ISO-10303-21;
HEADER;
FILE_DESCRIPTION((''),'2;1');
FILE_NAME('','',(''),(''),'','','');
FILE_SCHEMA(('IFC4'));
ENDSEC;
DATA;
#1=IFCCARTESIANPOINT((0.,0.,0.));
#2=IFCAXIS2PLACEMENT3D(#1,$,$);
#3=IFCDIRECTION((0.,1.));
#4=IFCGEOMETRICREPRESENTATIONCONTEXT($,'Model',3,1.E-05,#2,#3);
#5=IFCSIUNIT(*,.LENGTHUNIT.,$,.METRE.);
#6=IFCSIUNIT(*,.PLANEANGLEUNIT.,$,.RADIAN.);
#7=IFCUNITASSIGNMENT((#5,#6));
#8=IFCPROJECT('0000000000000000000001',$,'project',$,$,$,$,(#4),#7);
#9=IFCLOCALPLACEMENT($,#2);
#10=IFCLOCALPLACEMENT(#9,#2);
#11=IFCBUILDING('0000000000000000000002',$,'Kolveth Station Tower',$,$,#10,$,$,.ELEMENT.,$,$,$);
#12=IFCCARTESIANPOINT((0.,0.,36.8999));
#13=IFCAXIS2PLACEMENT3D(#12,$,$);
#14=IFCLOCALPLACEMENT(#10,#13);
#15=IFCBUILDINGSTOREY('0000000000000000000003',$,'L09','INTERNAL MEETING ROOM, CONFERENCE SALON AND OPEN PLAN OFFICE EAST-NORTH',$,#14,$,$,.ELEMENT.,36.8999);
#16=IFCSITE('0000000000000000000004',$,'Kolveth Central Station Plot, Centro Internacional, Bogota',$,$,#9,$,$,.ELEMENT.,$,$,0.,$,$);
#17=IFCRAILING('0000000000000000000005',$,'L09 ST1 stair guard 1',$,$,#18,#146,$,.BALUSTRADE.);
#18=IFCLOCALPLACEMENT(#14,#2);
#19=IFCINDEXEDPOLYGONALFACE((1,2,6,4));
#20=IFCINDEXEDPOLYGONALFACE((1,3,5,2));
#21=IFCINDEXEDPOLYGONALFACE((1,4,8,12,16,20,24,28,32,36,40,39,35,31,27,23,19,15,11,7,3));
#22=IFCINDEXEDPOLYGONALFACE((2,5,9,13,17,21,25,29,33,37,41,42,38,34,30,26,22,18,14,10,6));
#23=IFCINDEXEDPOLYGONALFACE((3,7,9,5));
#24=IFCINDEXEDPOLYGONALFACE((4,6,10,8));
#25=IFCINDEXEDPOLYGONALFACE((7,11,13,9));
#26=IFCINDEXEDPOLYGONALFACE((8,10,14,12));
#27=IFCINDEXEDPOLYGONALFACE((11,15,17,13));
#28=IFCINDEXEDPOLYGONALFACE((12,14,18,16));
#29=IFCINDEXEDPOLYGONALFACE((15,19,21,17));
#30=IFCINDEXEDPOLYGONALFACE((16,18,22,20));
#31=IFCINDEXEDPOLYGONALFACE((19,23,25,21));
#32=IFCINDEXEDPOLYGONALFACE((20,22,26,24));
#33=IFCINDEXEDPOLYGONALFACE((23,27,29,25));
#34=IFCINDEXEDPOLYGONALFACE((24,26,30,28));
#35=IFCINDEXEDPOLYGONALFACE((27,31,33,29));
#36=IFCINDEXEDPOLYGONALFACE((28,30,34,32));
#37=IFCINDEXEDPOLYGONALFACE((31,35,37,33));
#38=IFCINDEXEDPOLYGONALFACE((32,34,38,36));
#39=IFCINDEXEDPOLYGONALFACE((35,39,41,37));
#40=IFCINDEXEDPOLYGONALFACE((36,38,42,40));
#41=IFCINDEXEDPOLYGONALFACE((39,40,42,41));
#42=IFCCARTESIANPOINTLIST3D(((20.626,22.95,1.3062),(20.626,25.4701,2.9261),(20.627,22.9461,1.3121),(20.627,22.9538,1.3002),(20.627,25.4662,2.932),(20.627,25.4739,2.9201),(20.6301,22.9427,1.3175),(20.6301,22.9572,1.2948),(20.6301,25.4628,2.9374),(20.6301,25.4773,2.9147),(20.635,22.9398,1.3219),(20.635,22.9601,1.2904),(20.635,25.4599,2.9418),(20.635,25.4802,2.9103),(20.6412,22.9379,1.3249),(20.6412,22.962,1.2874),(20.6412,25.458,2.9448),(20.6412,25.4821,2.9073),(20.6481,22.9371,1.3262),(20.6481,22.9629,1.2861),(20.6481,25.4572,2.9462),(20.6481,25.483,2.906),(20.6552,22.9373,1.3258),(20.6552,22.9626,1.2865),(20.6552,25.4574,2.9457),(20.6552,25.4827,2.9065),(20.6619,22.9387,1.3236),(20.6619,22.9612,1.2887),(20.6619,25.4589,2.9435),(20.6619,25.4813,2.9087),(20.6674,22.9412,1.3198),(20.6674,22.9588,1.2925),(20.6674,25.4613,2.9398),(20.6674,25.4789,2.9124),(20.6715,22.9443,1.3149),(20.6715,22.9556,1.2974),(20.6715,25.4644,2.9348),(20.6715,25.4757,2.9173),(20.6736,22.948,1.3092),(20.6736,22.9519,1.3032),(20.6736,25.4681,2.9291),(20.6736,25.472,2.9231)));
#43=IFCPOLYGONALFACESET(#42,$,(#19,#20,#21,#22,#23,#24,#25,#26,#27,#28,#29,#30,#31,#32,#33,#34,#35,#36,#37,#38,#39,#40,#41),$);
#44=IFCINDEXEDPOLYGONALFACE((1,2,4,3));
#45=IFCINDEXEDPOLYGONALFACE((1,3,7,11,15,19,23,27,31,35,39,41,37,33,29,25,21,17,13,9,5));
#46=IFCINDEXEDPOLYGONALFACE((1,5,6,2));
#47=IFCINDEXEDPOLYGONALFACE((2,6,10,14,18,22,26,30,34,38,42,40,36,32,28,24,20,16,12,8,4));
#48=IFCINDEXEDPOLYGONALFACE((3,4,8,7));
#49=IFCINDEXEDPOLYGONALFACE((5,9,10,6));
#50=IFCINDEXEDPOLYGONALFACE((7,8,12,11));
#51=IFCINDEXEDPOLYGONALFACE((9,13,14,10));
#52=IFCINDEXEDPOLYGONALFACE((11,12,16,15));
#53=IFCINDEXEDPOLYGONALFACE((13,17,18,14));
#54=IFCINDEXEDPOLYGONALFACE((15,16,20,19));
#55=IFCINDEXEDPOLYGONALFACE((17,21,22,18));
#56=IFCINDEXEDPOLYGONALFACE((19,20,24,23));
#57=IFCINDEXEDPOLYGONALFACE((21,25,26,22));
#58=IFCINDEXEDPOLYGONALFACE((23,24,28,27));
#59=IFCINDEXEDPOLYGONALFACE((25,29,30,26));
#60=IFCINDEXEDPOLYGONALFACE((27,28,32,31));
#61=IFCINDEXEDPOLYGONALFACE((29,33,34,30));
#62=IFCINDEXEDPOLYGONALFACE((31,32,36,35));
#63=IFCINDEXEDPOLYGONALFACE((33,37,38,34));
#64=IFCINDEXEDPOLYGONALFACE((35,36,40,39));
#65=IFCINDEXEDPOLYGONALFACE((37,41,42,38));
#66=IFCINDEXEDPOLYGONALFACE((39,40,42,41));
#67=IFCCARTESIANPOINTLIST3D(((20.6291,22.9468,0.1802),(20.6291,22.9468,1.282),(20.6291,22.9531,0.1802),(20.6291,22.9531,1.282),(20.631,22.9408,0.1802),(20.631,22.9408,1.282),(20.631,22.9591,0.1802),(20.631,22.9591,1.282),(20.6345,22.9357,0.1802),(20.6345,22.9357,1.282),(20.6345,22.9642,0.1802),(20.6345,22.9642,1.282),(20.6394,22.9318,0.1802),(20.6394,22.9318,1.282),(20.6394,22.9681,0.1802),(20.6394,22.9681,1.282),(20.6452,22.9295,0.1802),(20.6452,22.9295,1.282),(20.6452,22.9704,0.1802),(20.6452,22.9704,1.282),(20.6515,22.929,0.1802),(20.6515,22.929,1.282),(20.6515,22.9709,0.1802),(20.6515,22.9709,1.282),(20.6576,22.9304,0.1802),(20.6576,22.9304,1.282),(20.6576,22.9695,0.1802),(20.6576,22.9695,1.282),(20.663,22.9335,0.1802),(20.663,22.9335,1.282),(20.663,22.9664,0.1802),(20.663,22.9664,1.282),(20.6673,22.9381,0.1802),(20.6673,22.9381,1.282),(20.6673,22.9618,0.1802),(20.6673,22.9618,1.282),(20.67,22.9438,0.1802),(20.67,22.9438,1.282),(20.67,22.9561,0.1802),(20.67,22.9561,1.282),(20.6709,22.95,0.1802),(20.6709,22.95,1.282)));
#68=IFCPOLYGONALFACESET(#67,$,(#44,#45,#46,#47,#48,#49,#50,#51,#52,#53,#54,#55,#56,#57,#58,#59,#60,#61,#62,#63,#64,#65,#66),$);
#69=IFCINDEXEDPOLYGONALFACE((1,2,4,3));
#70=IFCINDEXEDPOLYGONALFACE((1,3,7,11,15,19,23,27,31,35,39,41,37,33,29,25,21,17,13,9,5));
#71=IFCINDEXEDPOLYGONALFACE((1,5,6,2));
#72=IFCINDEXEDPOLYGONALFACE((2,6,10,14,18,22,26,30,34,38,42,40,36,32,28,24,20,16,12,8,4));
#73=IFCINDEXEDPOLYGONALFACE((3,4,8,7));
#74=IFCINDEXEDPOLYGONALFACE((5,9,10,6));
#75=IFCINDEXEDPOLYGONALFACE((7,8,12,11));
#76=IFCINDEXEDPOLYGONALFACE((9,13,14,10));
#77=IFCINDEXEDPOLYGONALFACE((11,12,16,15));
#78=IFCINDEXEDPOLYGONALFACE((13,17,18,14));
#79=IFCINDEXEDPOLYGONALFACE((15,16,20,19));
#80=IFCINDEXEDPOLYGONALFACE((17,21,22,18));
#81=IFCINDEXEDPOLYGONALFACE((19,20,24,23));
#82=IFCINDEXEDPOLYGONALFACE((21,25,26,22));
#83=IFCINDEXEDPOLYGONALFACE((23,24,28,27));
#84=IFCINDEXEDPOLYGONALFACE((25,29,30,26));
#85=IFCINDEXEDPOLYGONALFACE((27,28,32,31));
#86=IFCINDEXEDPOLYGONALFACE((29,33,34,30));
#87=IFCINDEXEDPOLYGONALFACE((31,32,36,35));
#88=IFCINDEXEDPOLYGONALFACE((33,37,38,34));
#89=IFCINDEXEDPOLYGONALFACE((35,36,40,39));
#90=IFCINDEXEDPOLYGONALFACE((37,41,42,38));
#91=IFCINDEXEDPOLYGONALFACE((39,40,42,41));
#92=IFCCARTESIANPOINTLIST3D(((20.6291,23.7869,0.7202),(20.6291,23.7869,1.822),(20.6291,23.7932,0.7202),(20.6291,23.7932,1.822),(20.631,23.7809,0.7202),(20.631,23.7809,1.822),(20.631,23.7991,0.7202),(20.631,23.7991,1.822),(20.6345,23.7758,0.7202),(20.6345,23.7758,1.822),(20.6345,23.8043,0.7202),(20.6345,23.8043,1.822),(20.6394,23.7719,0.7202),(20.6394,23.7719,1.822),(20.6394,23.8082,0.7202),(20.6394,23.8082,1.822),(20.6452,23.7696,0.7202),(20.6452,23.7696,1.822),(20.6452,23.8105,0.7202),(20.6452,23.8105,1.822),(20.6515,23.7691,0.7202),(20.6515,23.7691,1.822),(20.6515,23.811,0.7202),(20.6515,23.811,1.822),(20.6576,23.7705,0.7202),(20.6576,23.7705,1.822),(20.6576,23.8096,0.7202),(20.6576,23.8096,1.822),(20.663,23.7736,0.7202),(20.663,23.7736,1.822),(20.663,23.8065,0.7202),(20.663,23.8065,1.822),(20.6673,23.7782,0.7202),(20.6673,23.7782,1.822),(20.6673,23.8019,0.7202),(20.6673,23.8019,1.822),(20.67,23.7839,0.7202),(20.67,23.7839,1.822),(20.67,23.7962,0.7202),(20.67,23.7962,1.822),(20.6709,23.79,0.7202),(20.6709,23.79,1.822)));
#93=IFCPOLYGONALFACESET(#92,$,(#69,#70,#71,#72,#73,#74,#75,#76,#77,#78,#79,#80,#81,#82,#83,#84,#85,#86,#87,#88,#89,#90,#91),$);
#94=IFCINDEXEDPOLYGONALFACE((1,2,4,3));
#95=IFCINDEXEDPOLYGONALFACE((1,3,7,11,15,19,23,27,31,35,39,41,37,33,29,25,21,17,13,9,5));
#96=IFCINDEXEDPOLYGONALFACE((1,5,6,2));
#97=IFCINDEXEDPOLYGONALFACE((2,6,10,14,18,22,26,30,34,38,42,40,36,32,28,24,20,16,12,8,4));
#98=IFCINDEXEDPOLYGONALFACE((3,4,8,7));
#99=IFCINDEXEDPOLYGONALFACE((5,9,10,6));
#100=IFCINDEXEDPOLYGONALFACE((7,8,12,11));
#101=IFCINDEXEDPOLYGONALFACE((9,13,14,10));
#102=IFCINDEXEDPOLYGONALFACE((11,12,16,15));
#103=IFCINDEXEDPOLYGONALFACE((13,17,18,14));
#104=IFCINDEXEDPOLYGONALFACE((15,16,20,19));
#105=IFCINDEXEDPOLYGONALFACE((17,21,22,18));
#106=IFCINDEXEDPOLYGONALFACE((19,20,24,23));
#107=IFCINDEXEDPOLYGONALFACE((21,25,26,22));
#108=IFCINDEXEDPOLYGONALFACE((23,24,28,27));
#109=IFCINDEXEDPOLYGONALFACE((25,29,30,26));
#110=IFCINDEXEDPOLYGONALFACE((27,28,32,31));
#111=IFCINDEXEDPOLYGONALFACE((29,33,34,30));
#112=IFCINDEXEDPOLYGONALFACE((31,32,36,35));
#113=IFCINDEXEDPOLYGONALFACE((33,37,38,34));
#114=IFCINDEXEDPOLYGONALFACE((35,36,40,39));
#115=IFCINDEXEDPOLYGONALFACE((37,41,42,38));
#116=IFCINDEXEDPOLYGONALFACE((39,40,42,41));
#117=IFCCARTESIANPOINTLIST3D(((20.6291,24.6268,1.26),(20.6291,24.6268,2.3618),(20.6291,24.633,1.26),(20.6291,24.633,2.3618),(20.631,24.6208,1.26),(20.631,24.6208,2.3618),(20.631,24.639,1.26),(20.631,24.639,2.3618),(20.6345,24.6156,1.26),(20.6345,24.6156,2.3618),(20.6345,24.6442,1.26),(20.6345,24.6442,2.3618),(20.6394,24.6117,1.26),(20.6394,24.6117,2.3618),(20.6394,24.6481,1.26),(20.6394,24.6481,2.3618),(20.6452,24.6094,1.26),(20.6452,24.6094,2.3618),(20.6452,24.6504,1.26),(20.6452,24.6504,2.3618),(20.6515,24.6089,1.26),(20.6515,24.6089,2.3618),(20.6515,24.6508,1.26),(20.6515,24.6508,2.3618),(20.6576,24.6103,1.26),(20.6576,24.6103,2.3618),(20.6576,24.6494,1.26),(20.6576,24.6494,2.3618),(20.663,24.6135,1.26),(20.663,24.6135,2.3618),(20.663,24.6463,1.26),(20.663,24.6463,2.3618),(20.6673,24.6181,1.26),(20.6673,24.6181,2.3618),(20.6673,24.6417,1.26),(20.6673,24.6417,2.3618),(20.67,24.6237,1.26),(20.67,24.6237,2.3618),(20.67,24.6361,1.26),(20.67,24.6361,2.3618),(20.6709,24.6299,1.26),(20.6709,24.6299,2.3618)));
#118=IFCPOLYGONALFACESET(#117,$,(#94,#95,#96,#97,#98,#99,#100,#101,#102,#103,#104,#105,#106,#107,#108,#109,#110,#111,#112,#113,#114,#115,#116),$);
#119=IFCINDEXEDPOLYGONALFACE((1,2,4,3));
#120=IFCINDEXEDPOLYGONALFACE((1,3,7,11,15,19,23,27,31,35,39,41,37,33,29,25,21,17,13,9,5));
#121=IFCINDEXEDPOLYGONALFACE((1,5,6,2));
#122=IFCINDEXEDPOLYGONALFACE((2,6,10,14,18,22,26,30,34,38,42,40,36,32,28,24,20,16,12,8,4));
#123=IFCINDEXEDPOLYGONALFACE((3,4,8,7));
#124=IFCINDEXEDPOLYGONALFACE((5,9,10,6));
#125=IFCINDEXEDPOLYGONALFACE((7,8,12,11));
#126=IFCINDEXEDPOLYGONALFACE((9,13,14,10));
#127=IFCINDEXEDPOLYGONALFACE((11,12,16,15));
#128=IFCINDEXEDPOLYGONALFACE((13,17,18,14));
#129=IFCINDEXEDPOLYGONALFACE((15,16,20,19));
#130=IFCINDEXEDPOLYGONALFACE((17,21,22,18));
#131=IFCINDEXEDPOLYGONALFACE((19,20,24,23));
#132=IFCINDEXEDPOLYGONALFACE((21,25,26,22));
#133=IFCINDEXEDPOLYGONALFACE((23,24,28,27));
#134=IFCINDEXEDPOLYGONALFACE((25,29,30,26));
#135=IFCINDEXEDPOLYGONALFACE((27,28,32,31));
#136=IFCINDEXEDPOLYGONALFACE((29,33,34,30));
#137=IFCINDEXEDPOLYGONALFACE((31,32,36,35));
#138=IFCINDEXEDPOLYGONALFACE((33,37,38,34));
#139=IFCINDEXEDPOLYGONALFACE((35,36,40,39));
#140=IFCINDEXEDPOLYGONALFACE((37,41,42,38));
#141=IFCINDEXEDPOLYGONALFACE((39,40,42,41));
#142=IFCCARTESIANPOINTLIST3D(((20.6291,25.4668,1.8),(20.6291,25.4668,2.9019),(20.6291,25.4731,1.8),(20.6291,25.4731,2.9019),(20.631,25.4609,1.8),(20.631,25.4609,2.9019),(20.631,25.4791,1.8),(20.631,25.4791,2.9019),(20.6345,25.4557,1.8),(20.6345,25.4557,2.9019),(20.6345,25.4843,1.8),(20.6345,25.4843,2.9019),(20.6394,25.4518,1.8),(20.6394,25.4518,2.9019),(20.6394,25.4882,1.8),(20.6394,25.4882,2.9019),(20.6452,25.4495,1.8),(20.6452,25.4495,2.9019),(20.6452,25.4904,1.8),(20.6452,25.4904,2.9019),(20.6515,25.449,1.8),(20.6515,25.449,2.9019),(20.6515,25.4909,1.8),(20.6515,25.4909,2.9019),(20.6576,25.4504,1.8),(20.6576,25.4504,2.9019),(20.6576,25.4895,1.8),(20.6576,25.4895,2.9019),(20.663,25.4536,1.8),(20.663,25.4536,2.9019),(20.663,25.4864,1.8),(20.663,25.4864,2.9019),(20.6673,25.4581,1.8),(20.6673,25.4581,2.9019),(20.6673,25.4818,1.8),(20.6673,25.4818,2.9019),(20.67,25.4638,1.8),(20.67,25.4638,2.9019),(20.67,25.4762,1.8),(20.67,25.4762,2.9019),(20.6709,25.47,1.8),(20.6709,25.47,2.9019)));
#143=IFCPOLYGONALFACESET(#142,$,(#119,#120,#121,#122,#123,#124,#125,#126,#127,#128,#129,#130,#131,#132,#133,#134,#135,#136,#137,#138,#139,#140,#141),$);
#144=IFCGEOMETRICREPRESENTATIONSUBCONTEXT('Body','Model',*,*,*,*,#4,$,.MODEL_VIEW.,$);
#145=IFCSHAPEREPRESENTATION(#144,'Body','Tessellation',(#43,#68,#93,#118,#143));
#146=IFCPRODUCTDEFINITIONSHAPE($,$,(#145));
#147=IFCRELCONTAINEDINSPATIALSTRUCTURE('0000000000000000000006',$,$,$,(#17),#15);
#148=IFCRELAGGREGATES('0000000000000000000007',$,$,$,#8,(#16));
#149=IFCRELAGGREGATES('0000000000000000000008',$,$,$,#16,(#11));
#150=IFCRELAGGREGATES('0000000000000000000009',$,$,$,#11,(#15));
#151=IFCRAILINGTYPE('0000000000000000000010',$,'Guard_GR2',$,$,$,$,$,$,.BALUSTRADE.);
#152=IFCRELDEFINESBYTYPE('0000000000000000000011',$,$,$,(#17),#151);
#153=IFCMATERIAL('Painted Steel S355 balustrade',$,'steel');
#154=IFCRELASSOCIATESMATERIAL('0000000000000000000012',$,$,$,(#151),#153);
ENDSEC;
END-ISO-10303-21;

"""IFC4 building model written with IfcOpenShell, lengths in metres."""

from ifc_helpers import new_model, si_unit, direction, frame, origin, origin_2d, place, context, subcontext, project, spatial, circle, extrude, material, type_object, element, save


model = new_model("IFC4")

# Units and contexts
model_context = context("Model", 3, precision=1e-05, world=origin(), true_north=direction((0.0, 1.0)))
body_context = subcontext(model_context, "Body", "Model", "MODEL_VIEW")
ifc_project = project(units=[si_unit("LENGTHUNIT", "METRE"), si_unit("PLANEANGLEUNIT", "RADIAN")], contexts=[model_context])

# Site, building, storey
site_placement = place(None, origin())
site = spatial("IfcSite", under=ifc_project, at=site_placement, Name="Kolveth Central Station Plot, Centro Internacional, Bogota", CompositionType="ELEMENT", RefElevation=0.0)
building_placement = place(site_placement, origin())
building = spatial("IfcBuilding", under=site, at=building_placement, Name="Kolveth Station Tower", CompositionType="ELEMENT")
storey_placement = place(building_placement, frame((0.0, 0.0, 36.8999)))
storey = spatial("IfcBuildingStorey", under=building, at=storey_placement, Name="L09", Description="INTERNAL MEETING ROOM, CONFERENCE SALON AND OPEN PLAN OFFICE EAST-NORTH", CompositionType="ELEMENT", Elevation=36.8999)

# Railing
ifc_material_1 = material(Name="Painted Steel S355 balustrade", Category="steel")
railing_type_1 = type_object("IfcRailingType", Name="Guard_GR2", PredefinedType="BALUSTRADE", material=ifc_material_1)
railing_1_placement = place(storey_placement, frame((20.6499, 22.95, 0.1802)))
element("IfcRailing", 1, at=railing_1_placement, inside=storey, type_object=railing_type_1, Name="L09 ST1 stair guard 1", PredefinedType="BALUSTRADE", context=body_context, shape_type="SweptSolid", body=[
    extrude(circle(Radius=0.0239, at=origin_2d()), frame((0.0, 0.0, 1.126), z_axis=(0.0, 0.8412, 0.540725), x_axis=(-1.0, 0.0, 0.0)), (0.0, 0.0, 1.0), 2.9958),
    extrude(circle(Radius=0.021, at=origin_2d()), origin(), (0.0, 0.0, 1.0), 1.1018),
    extrude(circle(Radius=0.021, at=origin_2d()), frame((0.0, 0.8401, 0.54)), (0.0, 0.0, 1.0), 1.1018),
    extrude(circle(Radius=0.021, at=origin_2d()), frame((0.0, 1.6799, 1.0798)), (0.0, 0.0, 1.0), 1.1018),
    extrude(circle(Radius=0.021, at=origin_2d()), frame((0.0, 2.52, 1.6199)), (0.0, 0.0, 1.0), 1.1018),
])

save(model, "model.ifc")
